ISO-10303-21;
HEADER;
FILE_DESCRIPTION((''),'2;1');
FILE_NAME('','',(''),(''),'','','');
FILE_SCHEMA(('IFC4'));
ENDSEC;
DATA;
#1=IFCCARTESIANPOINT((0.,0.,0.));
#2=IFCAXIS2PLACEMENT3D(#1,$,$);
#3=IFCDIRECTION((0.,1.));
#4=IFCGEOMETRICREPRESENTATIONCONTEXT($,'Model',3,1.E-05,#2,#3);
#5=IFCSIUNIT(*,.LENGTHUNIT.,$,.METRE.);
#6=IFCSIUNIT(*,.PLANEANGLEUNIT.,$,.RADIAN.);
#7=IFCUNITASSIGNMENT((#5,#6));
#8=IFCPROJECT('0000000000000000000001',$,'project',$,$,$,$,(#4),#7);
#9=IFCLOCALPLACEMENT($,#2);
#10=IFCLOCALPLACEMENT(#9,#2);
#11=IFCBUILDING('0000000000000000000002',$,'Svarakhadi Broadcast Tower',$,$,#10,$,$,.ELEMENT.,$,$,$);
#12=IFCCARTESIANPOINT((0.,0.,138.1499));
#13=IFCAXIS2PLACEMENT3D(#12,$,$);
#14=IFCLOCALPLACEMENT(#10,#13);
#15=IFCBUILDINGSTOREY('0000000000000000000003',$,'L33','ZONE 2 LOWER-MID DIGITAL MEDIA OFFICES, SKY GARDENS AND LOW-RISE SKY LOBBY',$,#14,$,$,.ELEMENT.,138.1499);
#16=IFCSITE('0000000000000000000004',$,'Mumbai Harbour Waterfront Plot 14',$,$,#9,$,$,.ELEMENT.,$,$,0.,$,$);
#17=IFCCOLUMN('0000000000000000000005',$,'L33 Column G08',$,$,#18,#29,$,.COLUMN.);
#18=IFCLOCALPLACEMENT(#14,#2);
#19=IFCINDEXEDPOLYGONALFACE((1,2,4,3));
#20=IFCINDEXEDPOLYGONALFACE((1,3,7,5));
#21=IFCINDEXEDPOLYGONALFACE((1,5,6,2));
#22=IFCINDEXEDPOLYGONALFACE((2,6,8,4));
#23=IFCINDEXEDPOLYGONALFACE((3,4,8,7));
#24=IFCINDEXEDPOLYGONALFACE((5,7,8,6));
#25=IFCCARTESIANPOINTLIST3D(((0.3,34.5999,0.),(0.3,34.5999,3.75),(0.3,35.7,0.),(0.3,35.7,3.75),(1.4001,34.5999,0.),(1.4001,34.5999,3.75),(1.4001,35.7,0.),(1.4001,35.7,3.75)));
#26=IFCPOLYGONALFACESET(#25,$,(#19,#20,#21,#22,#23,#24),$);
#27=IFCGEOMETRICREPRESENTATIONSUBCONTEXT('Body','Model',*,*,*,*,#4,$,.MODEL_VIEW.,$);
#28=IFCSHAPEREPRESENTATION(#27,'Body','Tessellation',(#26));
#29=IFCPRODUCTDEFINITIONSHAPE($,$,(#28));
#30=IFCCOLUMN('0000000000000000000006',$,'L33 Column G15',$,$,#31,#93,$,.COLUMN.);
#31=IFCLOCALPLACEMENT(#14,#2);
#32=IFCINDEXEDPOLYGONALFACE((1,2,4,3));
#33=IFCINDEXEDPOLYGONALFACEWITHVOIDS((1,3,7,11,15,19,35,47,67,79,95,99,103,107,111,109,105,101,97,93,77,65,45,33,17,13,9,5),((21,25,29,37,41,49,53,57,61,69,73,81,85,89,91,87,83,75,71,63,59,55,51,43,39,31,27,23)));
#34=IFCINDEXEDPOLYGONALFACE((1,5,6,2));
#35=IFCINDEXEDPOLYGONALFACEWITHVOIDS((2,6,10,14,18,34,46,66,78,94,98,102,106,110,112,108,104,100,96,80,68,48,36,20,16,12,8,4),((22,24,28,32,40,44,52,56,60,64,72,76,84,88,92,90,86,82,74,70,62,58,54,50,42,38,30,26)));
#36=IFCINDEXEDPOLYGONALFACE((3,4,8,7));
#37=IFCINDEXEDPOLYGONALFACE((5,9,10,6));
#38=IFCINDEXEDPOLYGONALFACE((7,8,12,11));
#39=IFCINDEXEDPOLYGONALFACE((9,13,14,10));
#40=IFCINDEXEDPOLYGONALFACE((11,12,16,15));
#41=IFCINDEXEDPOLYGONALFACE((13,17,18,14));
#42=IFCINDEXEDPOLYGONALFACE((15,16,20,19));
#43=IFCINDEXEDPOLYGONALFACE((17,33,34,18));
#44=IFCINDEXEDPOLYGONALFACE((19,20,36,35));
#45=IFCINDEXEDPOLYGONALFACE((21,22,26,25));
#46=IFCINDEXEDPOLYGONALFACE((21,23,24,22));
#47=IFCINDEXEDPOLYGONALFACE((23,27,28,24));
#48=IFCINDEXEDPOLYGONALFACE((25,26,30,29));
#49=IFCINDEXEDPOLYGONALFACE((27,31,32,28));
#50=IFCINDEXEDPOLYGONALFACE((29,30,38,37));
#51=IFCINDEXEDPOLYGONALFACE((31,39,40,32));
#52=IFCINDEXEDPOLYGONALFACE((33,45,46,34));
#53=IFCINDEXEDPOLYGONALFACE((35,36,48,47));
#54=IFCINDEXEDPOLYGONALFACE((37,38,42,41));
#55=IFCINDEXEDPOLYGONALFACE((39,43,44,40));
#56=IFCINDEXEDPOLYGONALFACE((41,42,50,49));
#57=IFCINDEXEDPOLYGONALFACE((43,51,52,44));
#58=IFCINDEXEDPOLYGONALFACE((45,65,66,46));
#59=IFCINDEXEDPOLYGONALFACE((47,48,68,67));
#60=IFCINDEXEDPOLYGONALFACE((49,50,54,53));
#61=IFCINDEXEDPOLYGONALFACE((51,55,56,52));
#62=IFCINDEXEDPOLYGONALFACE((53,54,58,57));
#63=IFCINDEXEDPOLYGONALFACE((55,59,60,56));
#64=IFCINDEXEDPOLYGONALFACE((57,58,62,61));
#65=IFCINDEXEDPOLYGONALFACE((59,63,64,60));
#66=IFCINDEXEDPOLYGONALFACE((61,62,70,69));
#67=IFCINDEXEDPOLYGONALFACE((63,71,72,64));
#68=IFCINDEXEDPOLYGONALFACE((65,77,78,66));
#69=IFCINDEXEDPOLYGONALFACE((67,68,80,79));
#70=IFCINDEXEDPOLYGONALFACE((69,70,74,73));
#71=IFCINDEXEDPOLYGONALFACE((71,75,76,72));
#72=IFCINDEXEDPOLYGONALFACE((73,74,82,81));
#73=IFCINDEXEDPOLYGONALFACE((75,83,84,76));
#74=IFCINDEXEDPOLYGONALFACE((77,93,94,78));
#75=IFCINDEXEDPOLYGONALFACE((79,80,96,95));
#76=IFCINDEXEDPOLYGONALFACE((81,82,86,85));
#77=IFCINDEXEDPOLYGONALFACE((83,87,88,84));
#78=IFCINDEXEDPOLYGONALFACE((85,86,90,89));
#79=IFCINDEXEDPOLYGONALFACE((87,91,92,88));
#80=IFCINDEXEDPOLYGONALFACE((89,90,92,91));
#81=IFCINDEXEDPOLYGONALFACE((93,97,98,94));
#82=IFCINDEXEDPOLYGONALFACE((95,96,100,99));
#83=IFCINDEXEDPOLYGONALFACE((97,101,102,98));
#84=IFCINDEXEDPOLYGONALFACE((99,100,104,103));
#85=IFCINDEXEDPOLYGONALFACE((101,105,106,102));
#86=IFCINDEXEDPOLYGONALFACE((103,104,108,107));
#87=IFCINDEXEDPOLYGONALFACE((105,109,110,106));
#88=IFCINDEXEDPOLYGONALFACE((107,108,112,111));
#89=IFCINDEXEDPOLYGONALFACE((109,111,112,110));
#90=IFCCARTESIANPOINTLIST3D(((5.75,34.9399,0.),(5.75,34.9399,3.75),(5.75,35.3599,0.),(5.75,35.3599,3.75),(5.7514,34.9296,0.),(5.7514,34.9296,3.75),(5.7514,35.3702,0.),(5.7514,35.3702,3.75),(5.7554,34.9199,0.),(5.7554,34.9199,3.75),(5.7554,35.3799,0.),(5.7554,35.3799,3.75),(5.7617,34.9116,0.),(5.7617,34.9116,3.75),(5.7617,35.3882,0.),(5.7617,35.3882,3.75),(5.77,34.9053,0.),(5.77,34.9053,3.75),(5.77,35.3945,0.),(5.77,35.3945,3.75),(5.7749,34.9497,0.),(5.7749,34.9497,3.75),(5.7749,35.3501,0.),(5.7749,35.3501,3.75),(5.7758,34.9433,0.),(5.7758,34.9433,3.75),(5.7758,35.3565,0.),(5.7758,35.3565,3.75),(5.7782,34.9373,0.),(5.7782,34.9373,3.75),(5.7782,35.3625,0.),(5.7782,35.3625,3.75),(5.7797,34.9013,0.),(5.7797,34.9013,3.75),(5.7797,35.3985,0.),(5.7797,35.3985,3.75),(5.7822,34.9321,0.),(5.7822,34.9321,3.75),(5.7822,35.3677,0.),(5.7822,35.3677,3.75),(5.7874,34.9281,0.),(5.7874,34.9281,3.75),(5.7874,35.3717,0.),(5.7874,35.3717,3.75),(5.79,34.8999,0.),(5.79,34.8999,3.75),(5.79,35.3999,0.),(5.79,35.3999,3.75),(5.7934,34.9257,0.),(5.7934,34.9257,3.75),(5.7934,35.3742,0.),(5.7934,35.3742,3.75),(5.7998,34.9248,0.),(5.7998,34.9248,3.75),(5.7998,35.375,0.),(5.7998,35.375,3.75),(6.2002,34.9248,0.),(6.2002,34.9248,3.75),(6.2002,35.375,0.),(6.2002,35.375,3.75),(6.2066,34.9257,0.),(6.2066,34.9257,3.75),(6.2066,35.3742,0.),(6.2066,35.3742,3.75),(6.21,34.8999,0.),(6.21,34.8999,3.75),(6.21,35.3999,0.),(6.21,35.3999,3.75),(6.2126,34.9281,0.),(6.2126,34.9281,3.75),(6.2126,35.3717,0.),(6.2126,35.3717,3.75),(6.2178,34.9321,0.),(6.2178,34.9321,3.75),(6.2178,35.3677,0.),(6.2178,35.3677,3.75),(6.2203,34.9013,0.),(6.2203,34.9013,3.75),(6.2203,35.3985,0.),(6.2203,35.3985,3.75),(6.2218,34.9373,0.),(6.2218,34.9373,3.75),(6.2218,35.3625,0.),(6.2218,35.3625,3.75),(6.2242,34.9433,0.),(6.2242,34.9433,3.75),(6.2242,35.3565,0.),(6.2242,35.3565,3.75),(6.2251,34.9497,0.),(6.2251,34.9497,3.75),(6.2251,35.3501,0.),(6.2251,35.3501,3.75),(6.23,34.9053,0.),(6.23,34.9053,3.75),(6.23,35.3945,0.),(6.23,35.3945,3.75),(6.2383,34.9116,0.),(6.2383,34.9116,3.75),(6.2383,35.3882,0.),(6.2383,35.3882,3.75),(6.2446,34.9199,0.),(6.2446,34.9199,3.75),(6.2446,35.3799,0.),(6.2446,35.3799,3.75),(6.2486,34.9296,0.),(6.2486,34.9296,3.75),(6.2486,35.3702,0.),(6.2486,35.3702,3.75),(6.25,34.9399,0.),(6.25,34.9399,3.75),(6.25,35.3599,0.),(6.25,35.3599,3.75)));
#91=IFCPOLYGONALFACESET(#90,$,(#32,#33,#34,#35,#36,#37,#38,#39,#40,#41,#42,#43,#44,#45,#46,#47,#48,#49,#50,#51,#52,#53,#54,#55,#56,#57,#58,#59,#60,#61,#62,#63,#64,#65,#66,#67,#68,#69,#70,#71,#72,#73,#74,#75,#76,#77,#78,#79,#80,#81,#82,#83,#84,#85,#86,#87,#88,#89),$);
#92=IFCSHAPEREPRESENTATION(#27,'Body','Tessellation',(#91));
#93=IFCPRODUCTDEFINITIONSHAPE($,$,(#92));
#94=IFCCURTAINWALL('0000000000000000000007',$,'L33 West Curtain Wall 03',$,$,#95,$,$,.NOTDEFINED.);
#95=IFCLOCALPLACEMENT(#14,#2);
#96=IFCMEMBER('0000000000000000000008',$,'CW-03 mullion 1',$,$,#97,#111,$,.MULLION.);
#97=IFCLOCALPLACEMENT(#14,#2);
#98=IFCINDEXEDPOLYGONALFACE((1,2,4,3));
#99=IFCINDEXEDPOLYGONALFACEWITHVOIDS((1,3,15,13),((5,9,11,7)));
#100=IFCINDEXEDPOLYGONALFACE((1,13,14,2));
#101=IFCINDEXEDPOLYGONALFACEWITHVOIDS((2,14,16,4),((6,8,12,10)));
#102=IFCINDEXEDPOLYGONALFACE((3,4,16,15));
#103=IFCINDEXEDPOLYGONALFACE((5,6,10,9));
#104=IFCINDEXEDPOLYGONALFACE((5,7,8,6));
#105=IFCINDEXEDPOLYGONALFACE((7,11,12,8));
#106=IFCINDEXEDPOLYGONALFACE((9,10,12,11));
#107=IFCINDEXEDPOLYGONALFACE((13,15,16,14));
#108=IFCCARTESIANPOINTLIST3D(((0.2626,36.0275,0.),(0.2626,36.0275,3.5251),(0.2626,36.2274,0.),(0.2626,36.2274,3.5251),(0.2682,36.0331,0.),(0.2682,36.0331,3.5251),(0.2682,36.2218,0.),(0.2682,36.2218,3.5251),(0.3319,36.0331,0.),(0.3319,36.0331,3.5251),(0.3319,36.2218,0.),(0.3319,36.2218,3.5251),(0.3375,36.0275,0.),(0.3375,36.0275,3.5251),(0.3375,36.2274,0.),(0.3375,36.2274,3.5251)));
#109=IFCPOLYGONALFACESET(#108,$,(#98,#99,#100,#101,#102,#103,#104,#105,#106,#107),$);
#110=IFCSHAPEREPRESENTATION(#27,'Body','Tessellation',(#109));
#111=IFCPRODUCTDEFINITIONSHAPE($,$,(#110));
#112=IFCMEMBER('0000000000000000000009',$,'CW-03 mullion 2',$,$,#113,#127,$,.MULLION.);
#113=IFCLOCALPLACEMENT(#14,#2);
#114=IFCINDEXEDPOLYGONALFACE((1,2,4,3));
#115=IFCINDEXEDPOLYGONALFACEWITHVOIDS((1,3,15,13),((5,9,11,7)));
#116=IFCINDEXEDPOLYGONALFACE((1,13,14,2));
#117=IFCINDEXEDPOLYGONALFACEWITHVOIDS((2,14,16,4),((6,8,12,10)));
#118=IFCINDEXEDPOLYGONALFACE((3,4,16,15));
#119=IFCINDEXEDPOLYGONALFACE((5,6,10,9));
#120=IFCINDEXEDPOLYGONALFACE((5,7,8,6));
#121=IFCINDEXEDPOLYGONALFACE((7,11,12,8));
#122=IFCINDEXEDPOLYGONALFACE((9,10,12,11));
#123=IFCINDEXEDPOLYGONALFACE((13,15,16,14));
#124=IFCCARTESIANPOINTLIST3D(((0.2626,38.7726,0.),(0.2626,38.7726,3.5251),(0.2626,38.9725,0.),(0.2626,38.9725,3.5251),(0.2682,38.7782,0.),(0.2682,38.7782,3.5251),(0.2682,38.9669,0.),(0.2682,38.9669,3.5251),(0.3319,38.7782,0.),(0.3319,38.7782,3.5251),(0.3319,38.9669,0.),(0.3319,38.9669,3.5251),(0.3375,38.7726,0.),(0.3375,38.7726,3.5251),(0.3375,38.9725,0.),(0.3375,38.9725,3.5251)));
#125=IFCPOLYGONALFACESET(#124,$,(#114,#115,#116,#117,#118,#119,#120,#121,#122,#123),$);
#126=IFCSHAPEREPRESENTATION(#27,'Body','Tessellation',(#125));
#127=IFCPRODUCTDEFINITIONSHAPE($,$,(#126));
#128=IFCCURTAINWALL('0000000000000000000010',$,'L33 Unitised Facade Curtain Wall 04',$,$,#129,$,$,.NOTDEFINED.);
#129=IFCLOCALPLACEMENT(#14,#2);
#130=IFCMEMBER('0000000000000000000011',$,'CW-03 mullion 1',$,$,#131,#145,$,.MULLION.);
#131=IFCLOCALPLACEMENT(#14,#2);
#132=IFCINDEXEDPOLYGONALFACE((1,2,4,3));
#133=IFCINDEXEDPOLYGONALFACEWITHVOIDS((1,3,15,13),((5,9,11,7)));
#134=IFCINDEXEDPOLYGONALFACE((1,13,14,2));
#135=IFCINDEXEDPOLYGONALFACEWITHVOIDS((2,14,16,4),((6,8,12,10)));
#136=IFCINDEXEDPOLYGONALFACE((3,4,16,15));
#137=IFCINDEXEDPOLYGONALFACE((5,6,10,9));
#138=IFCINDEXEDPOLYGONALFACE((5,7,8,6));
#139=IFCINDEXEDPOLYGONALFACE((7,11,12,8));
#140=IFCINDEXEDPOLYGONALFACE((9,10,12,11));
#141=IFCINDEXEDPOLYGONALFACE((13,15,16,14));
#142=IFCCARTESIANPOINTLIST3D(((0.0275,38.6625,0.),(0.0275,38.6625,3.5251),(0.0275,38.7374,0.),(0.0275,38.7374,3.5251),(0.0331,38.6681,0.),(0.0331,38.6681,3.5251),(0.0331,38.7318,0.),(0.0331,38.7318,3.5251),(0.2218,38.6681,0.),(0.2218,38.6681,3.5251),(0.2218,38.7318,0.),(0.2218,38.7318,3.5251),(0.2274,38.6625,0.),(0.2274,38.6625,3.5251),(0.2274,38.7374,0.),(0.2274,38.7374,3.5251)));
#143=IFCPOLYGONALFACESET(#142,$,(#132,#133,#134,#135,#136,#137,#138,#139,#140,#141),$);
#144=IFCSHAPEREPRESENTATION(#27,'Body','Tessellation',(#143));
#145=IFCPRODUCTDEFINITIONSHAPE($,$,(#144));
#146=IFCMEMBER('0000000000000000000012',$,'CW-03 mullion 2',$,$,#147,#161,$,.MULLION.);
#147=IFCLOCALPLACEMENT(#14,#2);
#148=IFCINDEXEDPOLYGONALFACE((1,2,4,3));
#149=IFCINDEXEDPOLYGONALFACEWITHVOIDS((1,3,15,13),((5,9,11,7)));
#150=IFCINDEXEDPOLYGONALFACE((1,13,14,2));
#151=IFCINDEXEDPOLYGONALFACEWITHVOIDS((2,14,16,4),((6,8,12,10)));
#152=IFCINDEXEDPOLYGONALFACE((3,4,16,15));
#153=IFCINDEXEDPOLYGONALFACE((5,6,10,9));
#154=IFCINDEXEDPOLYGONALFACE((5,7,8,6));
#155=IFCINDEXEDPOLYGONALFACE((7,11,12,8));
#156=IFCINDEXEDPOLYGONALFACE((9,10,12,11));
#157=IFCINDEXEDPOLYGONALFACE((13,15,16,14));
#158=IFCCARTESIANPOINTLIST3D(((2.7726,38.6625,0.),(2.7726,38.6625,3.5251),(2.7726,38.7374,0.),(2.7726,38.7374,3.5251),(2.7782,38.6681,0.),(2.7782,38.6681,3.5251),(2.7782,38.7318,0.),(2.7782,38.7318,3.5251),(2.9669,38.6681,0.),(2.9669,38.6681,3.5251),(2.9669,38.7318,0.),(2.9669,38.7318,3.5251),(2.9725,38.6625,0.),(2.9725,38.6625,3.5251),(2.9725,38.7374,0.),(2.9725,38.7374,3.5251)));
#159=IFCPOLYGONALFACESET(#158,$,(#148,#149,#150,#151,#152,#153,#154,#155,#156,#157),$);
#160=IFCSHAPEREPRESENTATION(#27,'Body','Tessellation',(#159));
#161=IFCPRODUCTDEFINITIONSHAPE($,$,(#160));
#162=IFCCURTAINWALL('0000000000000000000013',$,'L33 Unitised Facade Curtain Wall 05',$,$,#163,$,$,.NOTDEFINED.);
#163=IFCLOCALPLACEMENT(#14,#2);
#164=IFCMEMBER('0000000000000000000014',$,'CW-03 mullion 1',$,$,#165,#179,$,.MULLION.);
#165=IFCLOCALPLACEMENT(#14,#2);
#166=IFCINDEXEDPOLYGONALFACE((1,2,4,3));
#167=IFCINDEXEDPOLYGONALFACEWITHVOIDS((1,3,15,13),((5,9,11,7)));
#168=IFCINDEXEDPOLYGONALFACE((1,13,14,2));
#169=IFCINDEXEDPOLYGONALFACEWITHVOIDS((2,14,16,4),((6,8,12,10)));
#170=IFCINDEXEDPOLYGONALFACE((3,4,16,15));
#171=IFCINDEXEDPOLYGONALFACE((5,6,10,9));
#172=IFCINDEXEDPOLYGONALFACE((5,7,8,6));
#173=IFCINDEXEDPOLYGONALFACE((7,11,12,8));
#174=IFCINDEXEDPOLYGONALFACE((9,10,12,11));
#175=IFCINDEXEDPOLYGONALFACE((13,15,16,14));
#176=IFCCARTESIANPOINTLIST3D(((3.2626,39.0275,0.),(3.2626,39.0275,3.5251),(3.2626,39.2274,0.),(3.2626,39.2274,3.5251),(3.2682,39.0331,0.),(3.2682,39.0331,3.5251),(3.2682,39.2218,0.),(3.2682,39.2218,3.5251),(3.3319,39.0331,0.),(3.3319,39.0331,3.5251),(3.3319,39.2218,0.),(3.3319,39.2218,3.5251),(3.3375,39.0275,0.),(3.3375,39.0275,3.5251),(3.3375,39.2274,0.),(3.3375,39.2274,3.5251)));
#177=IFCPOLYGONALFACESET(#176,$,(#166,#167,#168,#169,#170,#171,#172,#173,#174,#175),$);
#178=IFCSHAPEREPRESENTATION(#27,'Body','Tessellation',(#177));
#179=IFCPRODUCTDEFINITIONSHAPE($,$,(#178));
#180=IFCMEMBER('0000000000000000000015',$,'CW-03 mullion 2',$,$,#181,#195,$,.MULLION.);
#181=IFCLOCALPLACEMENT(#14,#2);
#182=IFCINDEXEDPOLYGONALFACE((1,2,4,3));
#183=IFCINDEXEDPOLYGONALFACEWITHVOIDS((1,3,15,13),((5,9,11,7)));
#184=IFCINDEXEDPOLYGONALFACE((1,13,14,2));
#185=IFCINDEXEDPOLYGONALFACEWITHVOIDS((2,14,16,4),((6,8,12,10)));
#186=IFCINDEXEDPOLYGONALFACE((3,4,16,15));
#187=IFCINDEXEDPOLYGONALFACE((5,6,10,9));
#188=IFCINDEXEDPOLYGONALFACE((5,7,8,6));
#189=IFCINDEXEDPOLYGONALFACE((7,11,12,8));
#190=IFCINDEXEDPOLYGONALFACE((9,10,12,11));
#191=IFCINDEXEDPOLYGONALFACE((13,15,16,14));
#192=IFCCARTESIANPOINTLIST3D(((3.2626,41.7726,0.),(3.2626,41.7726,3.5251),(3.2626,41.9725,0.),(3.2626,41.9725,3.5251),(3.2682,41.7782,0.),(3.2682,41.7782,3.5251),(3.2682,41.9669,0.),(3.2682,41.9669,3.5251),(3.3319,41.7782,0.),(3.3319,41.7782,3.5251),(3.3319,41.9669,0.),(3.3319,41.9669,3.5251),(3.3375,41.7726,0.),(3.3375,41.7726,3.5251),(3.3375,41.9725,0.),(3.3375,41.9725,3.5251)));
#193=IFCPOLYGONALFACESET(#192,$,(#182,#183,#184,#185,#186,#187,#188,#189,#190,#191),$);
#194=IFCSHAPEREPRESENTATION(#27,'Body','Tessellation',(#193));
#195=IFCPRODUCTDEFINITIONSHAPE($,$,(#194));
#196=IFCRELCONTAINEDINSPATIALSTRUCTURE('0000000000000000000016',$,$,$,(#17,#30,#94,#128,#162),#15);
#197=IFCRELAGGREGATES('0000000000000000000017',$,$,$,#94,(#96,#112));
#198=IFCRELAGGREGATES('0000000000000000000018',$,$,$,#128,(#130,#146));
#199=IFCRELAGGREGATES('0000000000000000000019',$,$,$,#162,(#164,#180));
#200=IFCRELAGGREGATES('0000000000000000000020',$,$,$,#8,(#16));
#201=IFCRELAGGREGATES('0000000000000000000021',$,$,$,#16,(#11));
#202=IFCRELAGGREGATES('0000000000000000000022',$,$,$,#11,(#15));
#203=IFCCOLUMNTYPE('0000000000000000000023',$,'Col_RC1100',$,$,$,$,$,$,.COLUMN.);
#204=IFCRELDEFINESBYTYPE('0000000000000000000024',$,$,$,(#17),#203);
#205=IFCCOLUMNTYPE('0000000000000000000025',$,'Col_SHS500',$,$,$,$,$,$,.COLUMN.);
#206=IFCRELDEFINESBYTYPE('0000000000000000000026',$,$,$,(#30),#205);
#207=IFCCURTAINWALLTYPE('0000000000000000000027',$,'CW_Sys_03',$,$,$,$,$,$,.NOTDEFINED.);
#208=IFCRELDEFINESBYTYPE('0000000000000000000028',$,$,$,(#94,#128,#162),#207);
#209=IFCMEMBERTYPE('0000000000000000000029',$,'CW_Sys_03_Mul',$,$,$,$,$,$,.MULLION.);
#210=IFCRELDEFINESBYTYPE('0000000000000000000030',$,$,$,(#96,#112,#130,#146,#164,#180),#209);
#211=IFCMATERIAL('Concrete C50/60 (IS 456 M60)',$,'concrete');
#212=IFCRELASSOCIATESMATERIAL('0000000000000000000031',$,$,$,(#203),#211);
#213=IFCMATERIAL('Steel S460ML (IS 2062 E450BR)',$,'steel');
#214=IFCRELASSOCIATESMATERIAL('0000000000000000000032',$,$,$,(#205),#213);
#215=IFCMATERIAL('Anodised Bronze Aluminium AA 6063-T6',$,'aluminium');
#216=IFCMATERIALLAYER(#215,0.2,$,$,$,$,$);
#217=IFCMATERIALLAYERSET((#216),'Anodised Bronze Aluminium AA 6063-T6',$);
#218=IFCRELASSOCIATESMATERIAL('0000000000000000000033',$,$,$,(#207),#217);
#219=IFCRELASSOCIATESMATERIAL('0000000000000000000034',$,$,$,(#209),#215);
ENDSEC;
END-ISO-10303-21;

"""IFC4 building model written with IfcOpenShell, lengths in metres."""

from ifc_helpers import new_model, si_unit, direction, frame, origin, origin_2d, place, context, subcontext, project, spatial, rectangle, hollow_rectangle, extrude, material, layer, layer_set, material_profile, profile_set, type_object, element, aggregate, save


model = new_model("IFC4")

# Units and contexts
model_context = context("Model", 3, precision=1e-05, world=origin(), true_north=direction((0.0, 1.0)))
body_context = subcontext(model_context, "Body", "Model", "MODEL_VIEW")
ifc_project = project(units=[si_unit("LENGTHUNIT", "METRE"), si_unit("PLANEANGLEUNIT", "RADIAN")], contexts=[model_context])

# Site, building, storey
site_placement = place(None, origin())
site = spatial("IfcSite", under=ifc_project, at=site_placement, Name="Mumbai Harbour Waterfront Plot 14", CompositionType="ELEMENT", RefElevation=0.0)
building_placement = place(site_placement, origin())
building = spatial("IfcBuilding", under=site, at=building_placement, Name="Svarakhadi Broadcast Tower", CompositionType="ELEMENT")
storey_placement = place(building_placement, frame((0.0, 0.0, 138.1499)))
storey = spatial("IfcBuildingStorey", under=building, at=storey_placement, Name="L33", Description="ZONE 2 LOWER-MID DIGITAL MEDIA OFFICES, SKY GARDENS AND LOW-RISE SKY LOBBY", CompositionType="ELEMENT", Elevation=138.1499)

# Columns
ifc_material_1 = material(Name="Concrete C50/60 (IS 456 M60)", Category="concrete")
ifc_material_profile_1 = material_profile(ifc_material_1, rectangle(XDim=1.1001, YDim=1.1001, at=origin_2d()), Name="RC 1100x1100")
ifc_profile_set_1 = profile_set([ifc_material_profile_1], Name="Concrete C50/60 (IS 456 M60)")
column_type_1 = type_object("IfcColumnType", Name="Col_RC1100", PredefinedType="COLUMN", material=ifc_profile_set_1)
column_1_placement = place(storey_placement, frame((0.8501, 35.1499, 0.0), z_axis=(0.0, 0.0, 1.0), x_axis=(1.0, 0.0, 0.0)))
element("IfcColumn", 1, at=column_1_placement, inside=storey, type_object=column_type_1, Name="L33 Column G08", PredefinedType="COLUMN", context=body_context, shape_type="SweptSolid", body=[
    extrude(rectangle(XDim=1.1001, YDim=1.1001, at=origin_2d()), origin(), (0.0, 0.0, 1.0), 3.75),
])
ifc_material_2 = material(Name="Steel S460ML (IS 2062 E450BR)", Category="steel")
ifc_material_profile_2 = material_profile(ifc_material_2, hollow_rectangle(XDim=0.5, YDim=0.5, WallThickness=0.0249, InnerFilletRadius=0.0249, OuterFilletRadius=0.04, at=origin_2d()), Name="SHS 500x500x25")
ifc_profile_set_2 = profile_set([ifc_material_profile_2], Name="Steel S460ML (IS 2062 E450BR)")
column_type_2 = type_object("IfcColumnType", Name="Col_SHS500", PredefinedType="COLUMN", material=ifc_profile_set_2)
column_2_placement = place(storey_placement, frame((6.0, 35.1499, 0.0), z_axis=(0.0, 0.0, 1.0), x_axis=(1.0, 0.0, 0.0)))
element("IfcColumn", 2, at=column_2_placement, inside=storey, type_object=column_type_2, Name="L33 Column G15", PredefinedType="COLUMN", context=body_context, shape_type="SweptSolid", body=[
    extrude(hollow_rectangle(XDim=0.5, YDim=0.5, WallThickness=0.0249, InnerFilletRadius=0.0249, OuterFilletRadius=0.04, at=origin_2d()), origin(), (0.0, 0.0, 1.0), 3.75),
])

# Curtain walls, members
ifc_material_3 = material(Name="Anodised Bronze Aluminium AA 6063-T6", Category="aluminium")
ifc_layer_1 = layer(ifc_material_3, 0.2)
ifc_layer_set_1 = layer_set([ifc_layer_1], Name="Anodised Bronze Aluminium AA 6063-T6")
curtain_wall_type = type_object("IfcCurtainWallType", Name="CW_Sys_03", PredefinedType="NOTDEFINED", material=ifc_layer_set_1)
curtain_wall_1_placement = place(storey_placement, origin())
curtain_wall_1 = element("IfcCurtainWall", 3, at=curtain_wall_1_placement, inside=storey, type_object=curtain_wall_type, Name="L33 West Curtain Wall 03", PredefinedType="NOTDEFINED")
ifc_material_profile_3 = material_profile(ifc_material_3, hollow_rectangle(XDim=0.075, YDim=0.2, WallThickness=0.0056, at=origin_2d()), Name="ALU MULLION 200x75x6")
ifc_profile_set_3 = profile_set([ifc_material_profile_3], Name="Anodised Bronze Aluminium AA 6063-T6")
member_type_1 = type_object("IfcMemberType", Name="CW_Sys_03_Mul", PredefinedType="MULLION", material=ifc_profile_set_3)
member_1_placement = place(storey_placement, frame((0.3, 36.1274, 0.0), z_axis=(0.0, 0.0, 1.0), x_axis=(-1.0, 0.0, 0.0)))
member_1 = element("IfcMember", 4, at=member_1_placement, type_object=member_type_1, Name="CW-03 mullion 1", PredefinedType="MULLION", context=body_context, shape_type="SweptSolid", body=[
    extrude(hollow_rectangle(XDim=0.075, YDim=0.2, WallThickness=0.0056, at=origin_2d()), origin(), (0.0, 0.0, 1.0), 3.5251),
])
member_2_placement = place(storey_placement, frame((0.3, 38.8726, 0.0), z_axis=(0.0, 0.0, 1.0), x_axis=(-1.0, 0.0, 0.0)))
member_2 = element("IfcMember", 5, at=member_2_placement, type_object=member_type_1, Name="CW-03 mullion 2", PredefinedType="MULLION", context=body_context, shape_type="SweptSolid", body=[
    extrude(hollow_rectangle(XDim=0.075, YDim=0.2, WallThickness=0.0056, at=origin_2d()), origin(), (0.0, 0.0, 1.0), 3.5251),
])
curtain_wall_2_placement = place(storey_placement, origin())
curtain_wall_2 = element("IfcCurtainWall", 6, at=curtain_wall_2_placement, inside=storey, type_object=curtain_wall_type, Name="L33 Unitised Facade Curtain Wall 04", PredefinedType="NOTDEFINED")
member_3_placement = place(storey_placement, frame((0.1274, 38.7, 0.0), z_axis=(0.0, 0.0, 1.0), x_axis=(0.0, 1.0, 0.0)))
member_3 = element("IfcMember", 7, at=member_3_placement, type_object=member_type_1, Name="CW-03 mullion 1", PredefinedType="MULLION", context=body_context, shape_type="SweptSolid", body=[
    extrude(hollow_rectangle(XDim=0.075, YDim=0.2, WallThickness=0.0056, at=origin_2d()), origin(), (0.0, 0.0, 1.0), 3.5251),
])
member_4_placement = place(storey_placement, frame((2.8726, 38.7, 0.0), z_axis=(0.0, 0.0, 1.0), x_axis=(0.0, 1.0, 0.0)))
member_4 = element("IfcMember", 8, at=member_4_placement, type_object=member_type_1, Name="CW-03 mullion 2", PredefinedType="MULLION", context=body_context, shape_type="SweptSolid", body=[
    extrude(hollow_rectangle(XDim=0.075, YDim=0.2, WallThickness=0.0056, at=origin_2d()), origin(), (0.0, 0.0, 1.0), 3.5251),
])
curtain_wall_3_placement = place(storey_placement, origin())
curtain_wall_3 = element("IfcCurtainWall", 9, at=curtain_wall_3_placement, inside=storey, type_object=curtain_wall_type, Name="L33 Unitised Facade Curtain Wall 05", PredefinedType="NOTDEFINED")
member_5_placement = place(storey_placement, frame((3.3, 39.1274, 0.0), z_axis=(0.0, 0.0, 1.0), x_axis=(-1.0, 0.0, 0.0)))
member_5 = element("IfcMember", 10, at=member_5_placement, type_object=member_type_1, Name="CW-03 mullion 1", PredefinedType="MULLION", context=body_context, shape_type="SweptSolid", body=[
    extrude(hollow_rectangle(XDim=0.075, YDim=0.2, WallThickness=0.0056, at=origin_2d()), origin(), (0.0, 0.0, 1.0), 3.5251),
])
member_6_placement = place(storey_placement, frame((3.3, 41.8726, 0.0), z_axis=(0.0, 0.0, 1.0), x_axis=(-1.0, 0.0, 0.0)))
member_6 = element("IfcMember", 11, at=member_6_placement, type_object=member_type_1, Name="CW-03 mullion 2", PredefinedType="MULLION", context=body_context, shape_type="SweptSolid", body=[
    extrude(hollow_rectangle(XDim=0.075, YDim=0.2, WallThickness=0.0056, at=origin_2d()), origin(), (0.0, 0.0, 1.0), 3.5251),
])

aggregate(curtain_wall_1, [member_1, member_2])
aggregate(curtain_wall_2, [member_3, member_4])
aggregate(curtain_wall_3, [member_5, member_6])

save(model, "model.ifc")
